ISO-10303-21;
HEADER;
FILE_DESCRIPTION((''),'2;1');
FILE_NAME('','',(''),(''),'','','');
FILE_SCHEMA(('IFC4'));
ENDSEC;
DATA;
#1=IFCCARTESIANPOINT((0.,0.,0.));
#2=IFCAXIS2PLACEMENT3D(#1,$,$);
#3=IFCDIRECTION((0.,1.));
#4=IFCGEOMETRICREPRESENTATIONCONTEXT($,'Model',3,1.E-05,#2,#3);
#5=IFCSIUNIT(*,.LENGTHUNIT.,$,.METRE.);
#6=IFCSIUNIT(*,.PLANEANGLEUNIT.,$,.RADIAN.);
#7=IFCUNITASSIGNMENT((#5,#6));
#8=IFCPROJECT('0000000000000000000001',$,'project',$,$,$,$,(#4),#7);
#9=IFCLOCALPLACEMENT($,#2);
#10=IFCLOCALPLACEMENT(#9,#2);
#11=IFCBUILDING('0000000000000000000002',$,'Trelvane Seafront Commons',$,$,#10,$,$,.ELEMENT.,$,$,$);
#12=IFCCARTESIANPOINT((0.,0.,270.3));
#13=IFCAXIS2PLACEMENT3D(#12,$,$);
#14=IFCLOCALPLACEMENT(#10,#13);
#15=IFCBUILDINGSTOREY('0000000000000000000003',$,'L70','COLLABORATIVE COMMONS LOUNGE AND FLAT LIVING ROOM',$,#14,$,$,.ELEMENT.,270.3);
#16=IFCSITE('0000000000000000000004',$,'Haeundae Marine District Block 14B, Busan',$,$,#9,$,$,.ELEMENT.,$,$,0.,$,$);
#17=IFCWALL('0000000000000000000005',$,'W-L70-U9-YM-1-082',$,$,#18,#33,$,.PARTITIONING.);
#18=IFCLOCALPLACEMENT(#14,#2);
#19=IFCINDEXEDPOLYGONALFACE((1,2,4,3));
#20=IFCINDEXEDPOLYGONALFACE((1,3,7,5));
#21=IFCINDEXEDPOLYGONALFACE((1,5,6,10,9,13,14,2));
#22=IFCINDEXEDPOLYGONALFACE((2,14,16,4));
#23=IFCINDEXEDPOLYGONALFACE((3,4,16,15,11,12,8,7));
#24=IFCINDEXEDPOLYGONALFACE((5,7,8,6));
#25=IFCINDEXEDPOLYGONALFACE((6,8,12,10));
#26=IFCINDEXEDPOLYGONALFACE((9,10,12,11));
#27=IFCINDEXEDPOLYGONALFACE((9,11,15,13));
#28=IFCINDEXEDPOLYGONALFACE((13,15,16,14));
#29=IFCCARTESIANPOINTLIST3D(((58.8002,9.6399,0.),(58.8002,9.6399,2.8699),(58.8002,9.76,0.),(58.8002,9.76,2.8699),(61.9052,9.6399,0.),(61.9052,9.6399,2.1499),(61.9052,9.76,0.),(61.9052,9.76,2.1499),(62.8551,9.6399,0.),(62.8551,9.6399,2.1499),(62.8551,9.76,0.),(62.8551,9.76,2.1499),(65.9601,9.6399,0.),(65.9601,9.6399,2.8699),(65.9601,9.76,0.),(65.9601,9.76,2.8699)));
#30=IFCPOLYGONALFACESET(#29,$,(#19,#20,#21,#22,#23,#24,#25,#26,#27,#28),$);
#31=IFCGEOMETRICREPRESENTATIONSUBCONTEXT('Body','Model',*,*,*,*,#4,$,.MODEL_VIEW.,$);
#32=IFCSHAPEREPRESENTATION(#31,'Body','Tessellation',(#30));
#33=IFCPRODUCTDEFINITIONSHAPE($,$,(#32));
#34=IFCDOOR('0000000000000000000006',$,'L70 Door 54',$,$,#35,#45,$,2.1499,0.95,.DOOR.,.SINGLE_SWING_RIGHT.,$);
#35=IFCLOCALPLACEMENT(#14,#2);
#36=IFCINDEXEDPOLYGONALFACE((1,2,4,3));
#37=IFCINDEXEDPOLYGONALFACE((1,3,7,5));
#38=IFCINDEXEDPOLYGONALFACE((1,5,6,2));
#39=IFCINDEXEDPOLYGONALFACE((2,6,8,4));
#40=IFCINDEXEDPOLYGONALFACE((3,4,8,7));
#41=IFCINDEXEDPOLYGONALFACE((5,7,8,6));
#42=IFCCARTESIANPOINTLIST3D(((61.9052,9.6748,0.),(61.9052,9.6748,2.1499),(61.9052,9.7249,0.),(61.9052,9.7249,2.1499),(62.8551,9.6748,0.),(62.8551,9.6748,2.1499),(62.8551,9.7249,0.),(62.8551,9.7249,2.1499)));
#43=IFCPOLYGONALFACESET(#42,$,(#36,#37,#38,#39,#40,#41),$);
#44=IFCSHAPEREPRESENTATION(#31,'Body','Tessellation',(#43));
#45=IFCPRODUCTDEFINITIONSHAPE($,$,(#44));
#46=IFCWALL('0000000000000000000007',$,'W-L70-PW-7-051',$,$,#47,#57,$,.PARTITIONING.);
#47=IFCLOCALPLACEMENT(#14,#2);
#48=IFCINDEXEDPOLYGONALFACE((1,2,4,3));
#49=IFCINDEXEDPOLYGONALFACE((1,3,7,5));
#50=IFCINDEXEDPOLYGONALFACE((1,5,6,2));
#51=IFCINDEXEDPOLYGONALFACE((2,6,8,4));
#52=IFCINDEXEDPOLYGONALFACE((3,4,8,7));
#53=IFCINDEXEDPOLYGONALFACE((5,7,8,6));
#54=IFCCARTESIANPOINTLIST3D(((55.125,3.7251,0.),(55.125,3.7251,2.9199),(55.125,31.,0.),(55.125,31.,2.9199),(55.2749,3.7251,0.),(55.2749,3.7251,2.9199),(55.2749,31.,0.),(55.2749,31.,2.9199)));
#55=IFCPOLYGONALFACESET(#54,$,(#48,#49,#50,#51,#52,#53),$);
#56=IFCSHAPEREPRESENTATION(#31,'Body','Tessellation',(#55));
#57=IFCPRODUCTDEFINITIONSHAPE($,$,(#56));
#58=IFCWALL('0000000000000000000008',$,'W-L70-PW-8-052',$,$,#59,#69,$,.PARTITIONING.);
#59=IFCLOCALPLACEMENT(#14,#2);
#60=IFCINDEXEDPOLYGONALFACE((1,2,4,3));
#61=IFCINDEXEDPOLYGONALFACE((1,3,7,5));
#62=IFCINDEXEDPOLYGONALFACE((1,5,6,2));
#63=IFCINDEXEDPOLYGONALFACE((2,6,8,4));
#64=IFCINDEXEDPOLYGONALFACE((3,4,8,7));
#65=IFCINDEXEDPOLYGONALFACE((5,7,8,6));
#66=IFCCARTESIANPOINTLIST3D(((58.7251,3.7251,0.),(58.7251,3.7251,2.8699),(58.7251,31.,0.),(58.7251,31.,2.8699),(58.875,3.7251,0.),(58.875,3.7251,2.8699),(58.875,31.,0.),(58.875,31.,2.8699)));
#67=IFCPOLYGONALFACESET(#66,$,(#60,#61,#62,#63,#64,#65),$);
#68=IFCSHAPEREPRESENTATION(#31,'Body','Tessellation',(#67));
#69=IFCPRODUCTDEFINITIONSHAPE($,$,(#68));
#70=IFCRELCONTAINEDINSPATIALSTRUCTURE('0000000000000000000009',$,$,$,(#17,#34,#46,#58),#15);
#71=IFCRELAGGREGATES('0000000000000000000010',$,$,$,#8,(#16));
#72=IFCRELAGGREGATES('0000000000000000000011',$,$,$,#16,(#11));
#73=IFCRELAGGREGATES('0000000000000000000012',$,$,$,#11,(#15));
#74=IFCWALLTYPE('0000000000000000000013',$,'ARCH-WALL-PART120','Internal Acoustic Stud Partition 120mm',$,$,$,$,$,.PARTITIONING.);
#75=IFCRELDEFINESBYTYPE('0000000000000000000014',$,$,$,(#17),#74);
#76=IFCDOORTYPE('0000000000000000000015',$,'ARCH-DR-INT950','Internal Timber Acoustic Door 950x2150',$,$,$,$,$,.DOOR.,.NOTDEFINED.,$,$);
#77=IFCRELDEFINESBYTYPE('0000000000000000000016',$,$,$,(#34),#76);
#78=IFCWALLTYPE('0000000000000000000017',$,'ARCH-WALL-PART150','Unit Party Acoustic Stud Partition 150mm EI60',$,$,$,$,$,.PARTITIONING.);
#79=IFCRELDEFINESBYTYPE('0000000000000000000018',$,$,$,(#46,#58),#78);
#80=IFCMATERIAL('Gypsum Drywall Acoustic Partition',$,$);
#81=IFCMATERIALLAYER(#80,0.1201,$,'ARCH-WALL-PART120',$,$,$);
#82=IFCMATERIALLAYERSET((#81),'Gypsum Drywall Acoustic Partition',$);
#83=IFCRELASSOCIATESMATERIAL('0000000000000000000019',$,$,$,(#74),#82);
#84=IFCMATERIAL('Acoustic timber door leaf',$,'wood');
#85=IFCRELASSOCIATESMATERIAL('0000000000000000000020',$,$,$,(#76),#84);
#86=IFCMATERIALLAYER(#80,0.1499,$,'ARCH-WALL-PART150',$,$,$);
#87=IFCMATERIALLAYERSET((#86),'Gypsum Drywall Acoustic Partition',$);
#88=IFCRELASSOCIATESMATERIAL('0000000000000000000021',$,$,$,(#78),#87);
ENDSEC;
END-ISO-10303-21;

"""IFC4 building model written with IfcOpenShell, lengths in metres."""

from ifc_helpers import new_model, si_unit, direction, frame, frame_2d, origin, place, context, subcontext, project, spatial, rectangle, extrude, source, transform, mapped, material, layer, layer_set, type_object, element, fill, save


model = new_model("IFC4")

# Units and contexts
model_context = context("Model", 3, precision=1e-05, world=origin(), true_north=direction((0.0, 1.0)))
body_context = subcontext(model_context, "Body", "Model", "MODEL_VIEW")
ifc_project = project(units=[si_unit("LENGTHUNIT", "METRE"), si_unit("PLANEANGLEUNIT", "RADIAN")], contexts=[model_context])

# Site, building, storey
site_placement = place(None, origin())
site = spatial("IfcSite", under=ifc_project, at=site_placement, Name="Haeundae Marine District Block 14B, Busan", CompositionType="ELEMENT", RefElevation=0.0)
building_placement = place(site_placement, origin())
building = spatial("IfcBuilding", under=site, at=building_placement, Name="Trelvane Seafront Commons", CompositionType="ELEMENT")
storey_placement = place(building_placement, frame((0.0, 0.0, 270.3)))
storey = spatial("IfcBuildingStorey", under=building, at=storey_placement, Name="L70", Description="COLLABORATIVE COMMONS LOUNGE AND FLAT LIVING ROOM", CompositionType="ELEMENT", Elevation=270.3)

# Wall, opening, door
ifc_material_1 = material(Name="Gypsum Drywall Acoustic Partition")
ifc_layer_1 = layer(ifc_material_1, 0.1201, Name="ARCH-WALL-PART120")
ifc_layer_set_1 = layer_set([ifc_layer_1], Name="Gypsum Drywall Acoustic Partition")
wall_type_1 = type_object("IfcWallType", Name="ARCH-WALL-PART120", Description="Internal Acoustic Stud Partition 120mm", PredefinedType="PARTITIONING", material=ifc_layer_set_1)
wall_1_placement = place(storey_placement, frame((58.8, 9.7, 0.0), z_axis=(0.0, 0.0, 1.0), x_axis=(1.0, 0.0, 0.0)))
wall_1 = element("IfcWall", 1, at=wall_1_placement, inside=storey, type_object=wall_type_1, Name="W-L70-U9-YM-1-082", PredefinedType="PARTITIONING", context=body_context, shape_type="SweptSolid", body=[
    extrude(rectangle(XDim=7.1599, YDim=0.1201, at=frame_2d((3.5801, 0.0))), origin(), (0.0, 0.0, 1.0), 2.8699),
])
opening_placement = place(wall_1_placement, frame((3.105, 0.0, 0.0)))
opening = element("IfcOpeningElement", 2, at=opening_placement, cuts=wall_1, PredefinedType="OPENING", context=body_context, shape_type="SweptSolid", body=[
    extrude(rectangle(XDim=0.95, YDim=2.1499, at=frame_2d((0.4751, 1.075))), frame((0.0, 0.0701, 0.0), z_axis=(0.0, -1.0, 0.0), x_axis=(1.0, 0.0, 0.0)), (0.0, 0.0, 1.0), 0.1401),
])
ifc_material_2 = material(Name="Acoustic timber door leaf", Category="wood")
door_type = type_object("IfcDoorType", Name="ARCH-DR-INT950", Description="Internal Timber Acoustic Door 950x2150", OperationType="NOTDEFINED", PredefinedType="DOOR", material=ifc_material_2)
shared_shape_1 = source(origin(), body_context, "Body", "SweptSolid", [
    extrude(rectangle(XDim=0.95, YDim=2.1499, at=frame_2d((0.4751, 1.075))), frame((0.0, 0.0249, 0.0), z_axis=(0.0, -1.0, 0.0), x_axis=(1.0, 0.0, 0.0)), (0.0, 0.0, 1.0), 0.05),
])
door_placement = place(opening_placement, origin())
door = element("IfcDoor", 3, at=door_placement, inside=storey, type_object=door_type, Name="L70 Door 54", OperationType="SINGLE_SWING_RIGHT", OverallHeight=2.1499, OverallWidth=0.95, PredefinedType="DOOR", context=body_context, shape_type="MappedRepresentation", body=[
    mapped(shared_shape_1, transform((0.0, 0.0, 0.0), x_axis=(1.0, 0.0, 0.0), y_axis=(0.0, 1.0, 0.0), z_axis=(0.0, 0.0, 1.0), scale=1.0)),
])
fill(opening, door)

# Walls
ifc_layer_2 = layer(ifc_material_1, 0.1499, Name="ARCH-WALL-PART150")
ifc_layer_set_2 = layer_set([ifc_layer_2], Name="Gypsum Drywall Acoustic Partition")
wall_type_2 = type_object("IfcWallType", Name="ARCH-WALL-PART150", Description="Unit Party Acoustic Stud Partition 150mm EI60", PredefinedType="PARTITIONING", material=ifc_layer_set_2)
wall_2_placement = place(storey_placement, frame((55.2, 3.7251, 0.0), z_axis=(0.0, 0.0, 1.0), x_axis=(0.0, 1.0, 0.0)))
element("IfcWall", 4, at=wall_2_placement, inside=storey, type_object=wall_type_2, Name="W-L70-PW-7-051", PredefinedType="PARTITIONING", context=body_context, shape_type="SweptSolid", body=[
    extrude(rectangle(XDim=27.2749, YDim=0.1499, at=frame_2d((13.6375, 0.0))), origin(), (0.0, 0.0, 1.0), 2.9199),
])
wall_3_placement = place(storey_placement, frame((58.8, 3.7251, 0.0), z_axis=(0.0, 0.0, 1.0), x_axis=(0.0, 1.0, 0.0)))
element("IfcWall", 5, at=wall_3_placement, inside=storey, type_object=wall_type_2, Name="W-L70-PW-8-052", PredefinedType="PARTITIONING", context=body_context, shape_type="SweptSolid", body=[
    extrude(rectangle(XDim=27.2749, YDim=0.1499, at=frame_2d((13.6375, 0.0))), origin(), (0.0, 0.0, 1.0), 2.8699),
])

save(model, "model.ifc")
